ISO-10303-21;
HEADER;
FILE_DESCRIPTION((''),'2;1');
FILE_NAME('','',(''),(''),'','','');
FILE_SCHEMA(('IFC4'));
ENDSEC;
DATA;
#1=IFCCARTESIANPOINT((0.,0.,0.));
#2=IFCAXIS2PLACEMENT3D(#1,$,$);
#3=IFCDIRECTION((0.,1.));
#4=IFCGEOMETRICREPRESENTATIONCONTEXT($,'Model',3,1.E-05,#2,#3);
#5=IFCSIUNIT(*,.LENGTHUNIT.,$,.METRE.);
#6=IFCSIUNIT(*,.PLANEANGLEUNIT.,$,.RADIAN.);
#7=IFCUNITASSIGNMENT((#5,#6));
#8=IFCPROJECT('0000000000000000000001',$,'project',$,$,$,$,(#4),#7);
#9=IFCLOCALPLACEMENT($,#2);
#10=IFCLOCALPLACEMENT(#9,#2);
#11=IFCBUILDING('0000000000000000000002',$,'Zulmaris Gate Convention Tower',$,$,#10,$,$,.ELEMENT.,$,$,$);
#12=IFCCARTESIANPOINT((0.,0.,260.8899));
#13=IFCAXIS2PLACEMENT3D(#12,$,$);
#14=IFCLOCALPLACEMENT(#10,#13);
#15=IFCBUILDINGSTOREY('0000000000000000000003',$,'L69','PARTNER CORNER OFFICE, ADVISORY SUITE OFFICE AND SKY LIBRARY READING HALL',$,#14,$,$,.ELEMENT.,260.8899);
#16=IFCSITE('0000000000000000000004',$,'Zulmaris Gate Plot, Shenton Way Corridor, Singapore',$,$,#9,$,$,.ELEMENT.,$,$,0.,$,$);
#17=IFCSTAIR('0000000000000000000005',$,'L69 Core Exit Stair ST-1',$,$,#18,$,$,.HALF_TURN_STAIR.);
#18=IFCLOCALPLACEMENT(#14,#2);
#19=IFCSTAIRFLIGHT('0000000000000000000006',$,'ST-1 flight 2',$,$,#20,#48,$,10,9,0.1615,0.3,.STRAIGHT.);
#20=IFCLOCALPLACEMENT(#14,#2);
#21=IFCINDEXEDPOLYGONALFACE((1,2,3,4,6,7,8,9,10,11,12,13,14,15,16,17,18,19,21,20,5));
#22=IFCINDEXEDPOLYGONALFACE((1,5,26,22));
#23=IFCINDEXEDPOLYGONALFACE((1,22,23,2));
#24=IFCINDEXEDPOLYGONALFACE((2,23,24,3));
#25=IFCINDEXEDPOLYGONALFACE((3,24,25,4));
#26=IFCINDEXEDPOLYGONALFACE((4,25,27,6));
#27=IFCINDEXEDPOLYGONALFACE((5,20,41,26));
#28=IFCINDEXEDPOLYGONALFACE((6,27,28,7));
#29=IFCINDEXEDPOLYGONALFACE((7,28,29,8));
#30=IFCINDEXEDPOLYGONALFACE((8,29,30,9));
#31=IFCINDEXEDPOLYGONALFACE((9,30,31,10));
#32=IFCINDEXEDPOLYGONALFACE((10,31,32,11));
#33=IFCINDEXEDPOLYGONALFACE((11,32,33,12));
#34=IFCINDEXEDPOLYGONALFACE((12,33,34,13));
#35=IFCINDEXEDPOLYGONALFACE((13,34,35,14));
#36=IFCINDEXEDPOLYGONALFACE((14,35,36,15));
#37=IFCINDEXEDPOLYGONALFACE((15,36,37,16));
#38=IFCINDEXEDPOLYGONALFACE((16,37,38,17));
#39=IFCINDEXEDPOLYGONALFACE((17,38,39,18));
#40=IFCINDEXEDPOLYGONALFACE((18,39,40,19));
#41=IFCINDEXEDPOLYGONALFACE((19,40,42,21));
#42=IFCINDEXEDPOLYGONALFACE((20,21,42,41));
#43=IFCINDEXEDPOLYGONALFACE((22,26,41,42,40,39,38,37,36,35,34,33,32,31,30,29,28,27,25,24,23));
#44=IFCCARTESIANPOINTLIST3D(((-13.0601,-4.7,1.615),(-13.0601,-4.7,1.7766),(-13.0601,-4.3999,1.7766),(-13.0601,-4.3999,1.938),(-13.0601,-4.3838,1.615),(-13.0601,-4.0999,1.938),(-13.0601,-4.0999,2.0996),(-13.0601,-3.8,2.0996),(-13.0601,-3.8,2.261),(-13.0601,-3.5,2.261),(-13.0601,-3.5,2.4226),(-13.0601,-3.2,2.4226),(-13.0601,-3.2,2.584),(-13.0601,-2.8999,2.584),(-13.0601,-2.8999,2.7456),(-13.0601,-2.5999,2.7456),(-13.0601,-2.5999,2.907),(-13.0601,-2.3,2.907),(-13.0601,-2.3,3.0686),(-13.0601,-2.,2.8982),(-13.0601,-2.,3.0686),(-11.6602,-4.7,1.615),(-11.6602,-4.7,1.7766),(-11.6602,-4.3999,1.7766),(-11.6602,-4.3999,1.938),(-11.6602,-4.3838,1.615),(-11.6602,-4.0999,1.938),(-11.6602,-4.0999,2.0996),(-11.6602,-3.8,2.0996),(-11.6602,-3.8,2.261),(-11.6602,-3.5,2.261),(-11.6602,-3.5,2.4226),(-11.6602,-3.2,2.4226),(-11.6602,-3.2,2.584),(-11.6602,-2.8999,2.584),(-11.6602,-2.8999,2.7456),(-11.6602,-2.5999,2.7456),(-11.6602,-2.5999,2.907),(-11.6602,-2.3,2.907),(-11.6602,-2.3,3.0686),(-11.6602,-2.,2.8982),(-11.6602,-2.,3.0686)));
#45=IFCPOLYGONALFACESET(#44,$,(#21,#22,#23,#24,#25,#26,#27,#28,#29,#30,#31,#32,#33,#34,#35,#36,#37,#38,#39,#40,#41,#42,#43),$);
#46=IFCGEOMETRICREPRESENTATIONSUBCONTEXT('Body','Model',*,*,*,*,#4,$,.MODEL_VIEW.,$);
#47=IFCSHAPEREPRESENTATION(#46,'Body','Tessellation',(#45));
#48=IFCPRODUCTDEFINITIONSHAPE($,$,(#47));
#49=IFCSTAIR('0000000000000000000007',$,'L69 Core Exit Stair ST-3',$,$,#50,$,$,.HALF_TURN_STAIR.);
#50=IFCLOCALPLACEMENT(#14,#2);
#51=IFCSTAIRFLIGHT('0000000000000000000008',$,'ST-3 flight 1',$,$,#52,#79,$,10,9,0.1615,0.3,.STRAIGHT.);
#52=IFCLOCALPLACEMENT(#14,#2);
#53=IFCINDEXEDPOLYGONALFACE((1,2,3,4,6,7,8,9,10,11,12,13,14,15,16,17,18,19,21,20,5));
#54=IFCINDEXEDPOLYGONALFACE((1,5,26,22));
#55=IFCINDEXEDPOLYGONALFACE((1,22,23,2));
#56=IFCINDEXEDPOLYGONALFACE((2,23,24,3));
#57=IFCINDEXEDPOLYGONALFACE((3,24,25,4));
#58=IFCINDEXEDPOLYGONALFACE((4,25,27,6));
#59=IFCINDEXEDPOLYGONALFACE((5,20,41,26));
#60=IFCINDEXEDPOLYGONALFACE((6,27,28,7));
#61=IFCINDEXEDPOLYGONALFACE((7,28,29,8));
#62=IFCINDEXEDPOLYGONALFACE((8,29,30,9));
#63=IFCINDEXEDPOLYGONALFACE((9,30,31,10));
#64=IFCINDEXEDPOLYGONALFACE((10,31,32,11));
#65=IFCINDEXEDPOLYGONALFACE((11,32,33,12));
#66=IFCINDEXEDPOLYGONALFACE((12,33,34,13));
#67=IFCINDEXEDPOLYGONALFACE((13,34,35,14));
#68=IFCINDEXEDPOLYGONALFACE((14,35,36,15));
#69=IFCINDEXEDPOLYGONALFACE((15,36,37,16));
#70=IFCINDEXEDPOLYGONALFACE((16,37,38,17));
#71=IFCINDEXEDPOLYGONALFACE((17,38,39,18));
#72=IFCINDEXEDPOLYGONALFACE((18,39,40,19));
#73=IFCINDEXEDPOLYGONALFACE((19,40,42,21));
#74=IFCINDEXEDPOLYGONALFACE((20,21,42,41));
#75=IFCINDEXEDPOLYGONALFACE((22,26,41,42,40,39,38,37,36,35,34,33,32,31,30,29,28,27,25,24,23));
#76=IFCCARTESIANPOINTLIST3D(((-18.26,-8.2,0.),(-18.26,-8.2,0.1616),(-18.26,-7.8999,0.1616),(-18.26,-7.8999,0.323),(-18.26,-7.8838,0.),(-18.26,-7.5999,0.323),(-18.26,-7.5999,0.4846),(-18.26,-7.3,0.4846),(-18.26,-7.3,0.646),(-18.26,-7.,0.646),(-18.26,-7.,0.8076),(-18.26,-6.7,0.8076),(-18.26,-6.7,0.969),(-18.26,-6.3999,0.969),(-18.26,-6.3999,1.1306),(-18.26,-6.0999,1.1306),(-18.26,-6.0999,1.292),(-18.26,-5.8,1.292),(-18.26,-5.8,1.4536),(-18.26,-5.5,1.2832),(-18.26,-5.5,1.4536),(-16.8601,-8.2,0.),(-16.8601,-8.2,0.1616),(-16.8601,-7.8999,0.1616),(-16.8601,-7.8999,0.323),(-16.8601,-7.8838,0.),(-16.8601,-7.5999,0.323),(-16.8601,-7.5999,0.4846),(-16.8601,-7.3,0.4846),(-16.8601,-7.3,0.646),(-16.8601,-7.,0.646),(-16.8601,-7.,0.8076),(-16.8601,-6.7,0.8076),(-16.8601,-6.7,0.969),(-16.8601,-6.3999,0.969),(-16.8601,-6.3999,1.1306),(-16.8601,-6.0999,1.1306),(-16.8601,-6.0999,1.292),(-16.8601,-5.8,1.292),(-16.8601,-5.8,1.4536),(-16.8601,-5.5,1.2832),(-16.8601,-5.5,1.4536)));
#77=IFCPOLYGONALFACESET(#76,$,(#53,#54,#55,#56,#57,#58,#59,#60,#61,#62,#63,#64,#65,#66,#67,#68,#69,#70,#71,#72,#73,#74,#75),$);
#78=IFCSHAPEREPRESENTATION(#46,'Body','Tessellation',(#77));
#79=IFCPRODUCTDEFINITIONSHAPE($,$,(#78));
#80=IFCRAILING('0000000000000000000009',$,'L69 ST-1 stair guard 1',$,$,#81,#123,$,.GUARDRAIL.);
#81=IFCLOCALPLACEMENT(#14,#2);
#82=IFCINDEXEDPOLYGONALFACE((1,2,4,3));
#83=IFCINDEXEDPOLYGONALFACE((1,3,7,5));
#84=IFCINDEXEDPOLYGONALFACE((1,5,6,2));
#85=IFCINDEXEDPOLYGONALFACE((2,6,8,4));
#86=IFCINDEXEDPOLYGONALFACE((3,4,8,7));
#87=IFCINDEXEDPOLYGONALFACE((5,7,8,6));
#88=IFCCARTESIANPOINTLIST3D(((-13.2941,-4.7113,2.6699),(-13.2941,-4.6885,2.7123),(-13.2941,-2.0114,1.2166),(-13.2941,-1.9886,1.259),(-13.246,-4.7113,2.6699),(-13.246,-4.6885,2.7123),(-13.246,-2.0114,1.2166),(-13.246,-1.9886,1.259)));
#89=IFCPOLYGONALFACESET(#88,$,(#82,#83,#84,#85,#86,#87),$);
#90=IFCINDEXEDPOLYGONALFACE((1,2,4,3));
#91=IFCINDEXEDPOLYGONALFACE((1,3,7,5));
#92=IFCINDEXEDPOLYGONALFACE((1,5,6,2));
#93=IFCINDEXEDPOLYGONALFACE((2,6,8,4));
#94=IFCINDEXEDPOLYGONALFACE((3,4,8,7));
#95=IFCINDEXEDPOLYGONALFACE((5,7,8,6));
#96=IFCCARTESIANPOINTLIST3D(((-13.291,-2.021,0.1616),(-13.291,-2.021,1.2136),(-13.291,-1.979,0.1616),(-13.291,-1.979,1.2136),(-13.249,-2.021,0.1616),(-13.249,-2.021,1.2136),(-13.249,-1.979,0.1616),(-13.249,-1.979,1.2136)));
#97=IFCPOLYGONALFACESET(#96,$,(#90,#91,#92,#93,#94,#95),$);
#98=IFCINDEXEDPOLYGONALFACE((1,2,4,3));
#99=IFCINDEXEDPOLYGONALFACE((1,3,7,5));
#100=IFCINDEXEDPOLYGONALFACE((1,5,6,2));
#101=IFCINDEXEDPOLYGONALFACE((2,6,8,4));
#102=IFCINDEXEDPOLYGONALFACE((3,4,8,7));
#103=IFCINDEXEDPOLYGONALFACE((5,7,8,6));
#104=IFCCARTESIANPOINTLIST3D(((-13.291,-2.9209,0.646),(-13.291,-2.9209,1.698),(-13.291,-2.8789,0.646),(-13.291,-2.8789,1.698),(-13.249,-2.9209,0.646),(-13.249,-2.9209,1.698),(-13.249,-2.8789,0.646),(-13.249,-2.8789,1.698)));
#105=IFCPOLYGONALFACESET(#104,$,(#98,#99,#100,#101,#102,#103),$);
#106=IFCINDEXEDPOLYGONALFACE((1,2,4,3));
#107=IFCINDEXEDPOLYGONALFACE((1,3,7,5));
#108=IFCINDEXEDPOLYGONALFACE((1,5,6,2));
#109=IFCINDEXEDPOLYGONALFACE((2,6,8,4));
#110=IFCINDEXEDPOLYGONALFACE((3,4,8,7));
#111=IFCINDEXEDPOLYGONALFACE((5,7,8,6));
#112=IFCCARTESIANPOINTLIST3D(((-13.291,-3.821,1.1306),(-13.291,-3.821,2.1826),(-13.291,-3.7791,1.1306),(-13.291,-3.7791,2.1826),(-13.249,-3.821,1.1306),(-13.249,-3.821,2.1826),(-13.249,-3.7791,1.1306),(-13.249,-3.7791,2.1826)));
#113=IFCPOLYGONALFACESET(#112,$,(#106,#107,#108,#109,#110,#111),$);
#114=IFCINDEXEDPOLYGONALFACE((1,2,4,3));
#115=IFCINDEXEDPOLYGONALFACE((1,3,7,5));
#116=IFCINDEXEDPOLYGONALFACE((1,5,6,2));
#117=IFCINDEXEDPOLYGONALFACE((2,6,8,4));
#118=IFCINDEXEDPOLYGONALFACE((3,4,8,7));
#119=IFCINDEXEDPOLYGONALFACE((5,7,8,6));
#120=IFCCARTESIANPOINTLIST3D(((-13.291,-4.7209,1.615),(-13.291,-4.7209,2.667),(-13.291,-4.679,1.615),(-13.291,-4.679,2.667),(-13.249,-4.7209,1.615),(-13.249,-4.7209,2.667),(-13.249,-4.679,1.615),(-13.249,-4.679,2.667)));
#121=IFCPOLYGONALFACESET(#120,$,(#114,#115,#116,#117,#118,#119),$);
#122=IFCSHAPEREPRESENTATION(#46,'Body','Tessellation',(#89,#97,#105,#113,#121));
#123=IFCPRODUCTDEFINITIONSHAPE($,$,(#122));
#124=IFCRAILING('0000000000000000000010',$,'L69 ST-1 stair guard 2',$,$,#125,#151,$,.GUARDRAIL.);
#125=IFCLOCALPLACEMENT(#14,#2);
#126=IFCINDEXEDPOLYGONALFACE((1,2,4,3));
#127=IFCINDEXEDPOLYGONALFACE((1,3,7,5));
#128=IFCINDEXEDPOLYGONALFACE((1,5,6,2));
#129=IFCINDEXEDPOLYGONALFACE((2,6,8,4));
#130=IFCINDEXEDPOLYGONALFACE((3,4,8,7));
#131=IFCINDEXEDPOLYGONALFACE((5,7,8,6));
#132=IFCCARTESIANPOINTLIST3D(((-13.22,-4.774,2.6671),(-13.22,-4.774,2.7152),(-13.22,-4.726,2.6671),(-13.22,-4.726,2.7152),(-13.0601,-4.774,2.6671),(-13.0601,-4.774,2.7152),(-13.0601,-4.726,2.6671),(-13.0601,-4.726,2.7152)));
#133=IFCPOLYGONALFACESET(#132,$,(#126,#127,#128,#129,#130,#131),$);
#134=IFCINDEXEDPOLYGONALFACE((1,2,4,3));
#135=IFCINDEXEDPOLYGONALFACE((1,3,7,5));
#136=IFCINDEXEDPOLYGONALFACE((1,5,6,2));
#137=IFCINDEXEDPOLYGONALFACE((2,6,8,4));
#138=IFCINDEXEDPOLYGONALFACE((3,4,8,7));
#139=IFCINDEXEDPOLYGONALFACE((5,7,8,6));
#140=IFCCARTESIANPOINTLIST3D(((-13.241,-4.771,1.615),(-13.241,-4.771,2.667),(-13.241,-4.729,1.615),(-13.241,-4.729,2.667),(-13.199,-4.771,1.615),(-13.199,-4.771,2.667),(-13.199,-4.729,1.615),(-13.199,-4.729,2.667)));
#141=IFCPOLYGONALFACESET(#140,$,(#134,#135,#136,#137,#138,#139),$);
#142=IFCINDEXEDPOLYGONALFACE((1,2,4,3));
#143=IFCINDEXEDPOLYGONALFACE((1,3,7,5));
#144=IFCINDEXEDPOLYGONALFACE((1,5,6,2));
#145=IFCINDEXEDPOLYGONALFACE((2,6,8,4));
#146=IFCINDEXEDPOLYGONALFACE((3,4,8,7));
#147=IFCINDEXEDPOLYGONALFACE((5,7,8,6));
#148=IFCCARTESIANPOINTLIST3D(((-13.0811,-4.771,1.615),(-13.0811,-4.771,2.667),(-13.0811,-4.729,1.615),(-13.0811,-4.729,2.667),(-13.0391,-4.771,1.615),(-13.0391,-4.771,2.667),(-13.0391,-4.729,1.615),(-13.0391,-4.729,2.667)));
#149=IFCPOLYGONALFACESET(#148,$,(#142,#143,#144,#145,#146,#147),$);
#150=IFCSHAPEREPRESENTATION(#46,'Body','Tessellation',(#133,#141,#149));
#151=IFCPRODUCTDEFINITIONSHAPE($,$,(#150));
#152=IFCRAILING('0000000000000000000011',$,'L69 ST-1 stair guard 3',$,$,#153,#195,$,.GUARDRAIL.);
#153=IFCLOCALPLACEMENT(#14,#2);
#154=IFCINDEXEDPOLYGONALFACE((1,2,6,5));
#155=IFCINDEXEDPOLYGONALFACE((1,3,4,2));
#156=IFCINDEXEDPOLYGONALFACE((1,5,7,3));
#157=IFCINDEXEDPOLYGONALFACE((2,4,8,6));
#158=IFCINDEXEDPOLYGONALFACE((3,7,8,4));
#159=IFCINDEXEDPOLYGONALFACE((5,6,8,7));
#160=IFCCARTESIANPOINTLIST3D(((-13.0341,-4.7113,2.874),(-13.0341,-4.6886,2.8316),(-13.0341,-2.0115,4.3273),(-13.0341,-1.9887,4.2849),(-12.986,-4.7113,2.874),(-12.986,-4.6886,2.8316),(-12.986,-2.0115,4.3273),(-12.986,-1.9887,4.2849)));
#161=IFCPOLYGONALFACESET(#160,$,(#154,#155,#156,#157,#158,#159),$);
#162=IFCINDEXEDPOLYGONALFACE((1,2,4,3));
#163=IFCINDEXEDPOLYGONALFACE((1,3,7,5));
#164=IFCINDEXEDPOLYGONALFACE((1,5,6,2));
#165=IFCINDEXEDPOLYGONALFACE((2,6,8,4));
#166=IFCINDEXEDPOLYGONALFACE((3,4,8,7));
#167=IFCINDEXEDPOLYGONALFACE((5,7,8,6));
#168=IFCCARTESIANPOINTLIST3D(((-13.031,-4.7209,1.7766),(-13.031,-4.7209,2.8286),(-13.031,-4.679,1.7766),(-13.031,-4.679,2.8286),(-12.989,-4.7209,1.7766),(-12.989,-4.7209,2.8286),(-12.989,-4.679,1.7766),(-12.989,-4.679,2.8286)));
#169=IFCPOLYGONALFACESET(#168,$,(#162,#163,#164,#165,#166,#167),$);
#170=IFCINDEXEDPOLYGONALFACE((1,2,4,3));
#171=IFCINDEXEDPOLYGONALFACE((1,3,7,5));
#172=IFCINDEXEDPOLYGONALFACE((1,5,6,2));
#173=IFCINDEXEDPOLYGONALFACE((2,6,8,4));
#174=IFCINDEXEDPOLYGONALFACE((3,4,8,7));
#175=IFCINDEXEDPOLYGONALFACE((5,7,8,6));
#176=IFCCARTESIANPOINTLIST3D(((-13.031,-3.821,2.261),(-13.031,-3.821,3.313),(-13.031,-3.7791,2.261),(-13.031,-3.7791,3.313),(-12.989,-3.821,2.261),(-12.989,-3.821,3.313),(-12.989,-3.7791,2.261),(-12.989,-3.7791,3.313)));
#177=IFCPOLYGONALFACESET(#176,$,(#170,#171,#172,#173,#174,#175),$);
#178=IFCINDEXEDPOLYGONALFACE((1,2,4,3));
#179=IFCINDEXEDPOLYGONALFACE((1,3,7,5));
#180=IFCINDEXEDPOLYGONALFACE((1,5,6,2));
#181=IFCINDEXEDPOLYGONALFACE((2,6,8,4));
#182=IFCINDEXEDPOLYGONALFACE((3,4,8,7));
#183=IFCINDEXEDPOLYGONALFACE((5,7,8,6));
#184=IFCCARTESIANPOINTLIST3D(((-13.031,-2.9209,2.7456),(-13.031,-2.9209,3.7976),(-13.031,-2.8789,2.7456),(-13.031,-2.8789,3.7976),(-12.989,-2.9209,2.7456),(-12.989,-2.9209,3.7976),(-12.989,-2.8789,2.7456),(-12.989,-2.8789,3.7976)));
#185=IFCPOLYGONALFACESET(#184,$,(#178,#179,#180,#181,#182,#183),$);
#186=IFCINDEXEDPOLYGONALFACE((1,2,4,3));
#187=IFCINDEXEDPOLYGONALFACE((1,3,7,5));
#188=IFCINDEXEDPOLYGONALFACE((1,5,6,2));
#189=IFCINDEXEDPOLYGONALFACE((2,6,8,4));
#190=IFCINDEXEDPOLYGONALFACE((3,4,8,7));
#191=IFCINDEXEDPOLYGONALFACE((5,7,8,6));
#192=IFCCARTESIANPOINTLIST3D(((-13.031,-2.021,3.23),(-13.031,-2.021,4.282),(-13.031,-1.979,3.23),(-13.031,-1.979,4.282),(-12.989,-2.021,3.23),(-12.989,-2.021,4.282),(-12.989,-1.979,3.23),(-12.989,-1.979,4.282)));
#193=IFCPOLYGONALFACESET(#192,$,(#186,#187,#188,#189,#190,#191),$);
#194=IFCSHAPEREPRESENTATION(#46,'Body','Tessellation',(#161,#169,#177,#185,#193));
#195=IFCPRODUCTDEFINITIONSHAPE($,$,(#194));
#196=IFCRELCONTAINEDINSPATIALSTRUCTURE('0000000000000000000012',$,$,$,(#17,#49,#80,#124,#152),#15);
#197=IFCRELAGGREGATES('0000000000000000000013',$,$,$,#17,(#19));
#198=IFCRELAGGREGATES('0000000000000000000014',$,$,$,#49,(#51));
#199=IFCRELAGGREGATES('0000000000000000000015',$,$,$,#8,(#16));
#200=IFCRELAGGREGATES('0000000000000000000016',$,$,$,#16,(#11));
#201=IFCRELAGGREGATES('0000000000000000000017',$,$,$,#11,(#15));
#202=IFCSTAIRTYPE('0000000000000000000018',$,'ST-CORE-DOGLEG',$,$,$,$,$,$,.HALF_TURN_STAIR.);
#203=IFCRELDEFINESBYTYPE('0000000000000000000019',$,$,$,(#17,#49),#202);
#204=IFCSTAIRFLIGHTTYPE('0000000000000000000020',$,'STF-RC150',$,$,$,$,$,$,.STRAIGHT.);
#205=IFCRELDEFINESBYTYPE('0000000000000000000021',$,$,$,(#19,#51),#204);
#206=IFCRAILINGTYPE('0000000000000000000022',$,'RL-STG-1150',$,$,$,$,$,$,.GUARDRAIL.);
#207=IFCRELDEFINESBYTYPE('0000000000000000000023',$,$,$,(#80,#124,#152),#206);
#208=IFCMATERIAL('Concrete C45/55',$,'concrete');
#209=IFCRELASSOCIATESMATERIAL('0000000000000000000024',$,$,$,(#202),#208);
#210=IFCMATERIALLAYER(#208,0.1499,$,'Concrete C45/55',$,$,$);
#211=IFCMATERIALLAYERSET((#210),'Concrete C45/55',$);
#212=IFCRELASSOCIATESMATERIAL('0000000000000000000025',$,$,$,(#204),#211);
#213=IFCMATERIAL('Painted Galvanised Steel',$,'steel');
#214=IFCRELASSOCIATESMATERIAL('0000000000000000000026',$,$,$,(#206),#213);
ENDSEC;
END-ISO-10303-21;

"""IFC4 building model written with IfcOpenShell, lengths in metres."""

from ifc_helpers import new_model, si_unit, direction, frame, origin, origin_2d, place, context, subcontext, project, spatial, polyline, rectangle, outline, extrude, material, layer, layer_set, type_object, element, aggregate, save


model = new_model("IFC4")

# Units and contexts
model_context = context("Model", 3, precision=1e-05, world=origin(), true_north=direction((0.0, 1.0)))
body_context = subcontext(model_context, "Body", "Model", "MODEL_VIEW")
ifc_project = project(units=[si_unit("LENGTHUNIT", "METRE"), si_unit("PLANEANGLEUNIT", "RADIAN")], contexts=[model_context])

# Site, building, storey
site_placement = place(None, origin())
site = spatial("IfcSite", under=ifc_project, at=site_placement, Name="Zulmaris Gate Plot, Shenton Way Corridor, Singapore", CompositionType="ELEMENT", RefElevation=0.0)
building_placement = place(site_placement, origin())
building = spatial("IfcBuilding", under=site, at=building_placement, Name="Zulmaris Gate Convention Tower", CompositionType="ELEMENT")
storey_placement = place(building_placement, frame((0.0, 0.0, 260.8899)))
storey = spatial("IfcBuildingStorey", under=building, at=storey_placement, Name="L69", Description="PARTNER CORNER OFFICE, ADVISORY SUITE OFFICE AND SKY LIBRARY READING HALL", CompositionType="ELEMENT", Elevation=260.8899)

# Stair, stair flight
ifc_material_1 = material(Name="Concrete C45/55", Category="concrete")
stair_type = type_object("IfcStairType", Name="ST-CORE-DOGLEG", PredefinedType="HALF_TURN_STAIR", material=ifc_material_1)
stair_1_placement = place(storey_placement, origin())
stair_1 = element("IfcStair", 1, at=stair_1_placement, inside=storey, type_object=stair_type, Name="L69 Core Exit Stair ST-1", PredefinedType="HALF_TURN_STAIR")
ifc_layer_1 = layer(ifc_material_1, 0.1499, Name="Concrete C45/55")
ifc_layer_set_1 = layer_set([ifc_layer_1], Name="Concrete C45/55")
stair_flight_type = type_object("IfcStairFlightType", Name="STF-RC150", PredefinedType="STRAIGHT", material=ifc_layer_set_1)
stair_flight_1_placement = place(storey_placement, frame((-12.3601, -4.7, 1.615), z_axis=(0.0, 0.0, 1.0), x_axis=(0.0, 1.0, 0.0)))
stair_flight_1 = element("IfcStairFlight", 2, at=stair_flight_1_placement, type_object=stair_flight_type, Name="ST-1 flight 2", NumberOfRisers=10, NumberOfTreads=9, PredefinedType="STRAIGHT", RiserHeight=0.1615, TreadLength=0.3, context=body_context, shape_type="SweptSolid", body=[
    extrude(outline(polyline([(0.0, 0.0), (0.0, 0.1616), (0.3, 0.1616), (0.3, 0.323), (0.6001, 0.323), (0.6001, 0.4846), (0.8999, 0.4846), (0.8999, 0.646), (1.2, 0.646), (1.2, 0.8076), (1.5, 0.8076), (1.5, 0.969), (1.8, 0.969), (1.8, 1.1306), (2.1001, 1.1306), (2.1001, 1.292), (2.3999, 1.292), (2.3999, 1.4536), (2.7, 1.4536), (2.7, 1.615), (2.7, 1.2832), (0.3162, 0.0), (0.0, 0.0)])), frame((0.0, 0.7, 0.0), z_axis=(0.0, -1.0, 0.0), x_axis=(1.0, 0.0, 0.0)), (0.0, 0.0, 1.0), 1.3999),
])
aggregate(stair_1, [stair_flight_1])

# Stair, stair flight
stair_2_placement = place(storey_placement, origin())
stair_2 = element("IfcStair", 3, at=stair_2_placement, inside=storey, type_object=stair_type, Name="L69 Core Exit Stair ST-3", PredefinedType="HALF_TURN_STAIR")
stair_flight_2_placement = place(storey_placement, frame((-17.5601, -8.2, 0.0), z_axis=(0.0, 0.0, 1.0), x_axis=(0.0, 1.0, 0.0)))
stair_flight_2 = element("IfcStairFlight", 4, at=stair_flight_2_placement, type_object=stair_flight_type, Name="ST-3 flight 1", NumberOfRisers=10, NumberOfTreads=9, PredefinedType="STRAIGHT", RiserHeight=0.1615, TreadLength=0.3, context=body_context, shape_type="SweptSolid", body=[
    extrude(outline(polyline([(0.0, 0.0), (0.0, 0.1616), (0.3, 0.1616), (0.3, 0.323), (0.6001, 0.323), (0.6001, 0.4846), (0.8999, 0.4846), (0.8999, 0.646), (1.2, 0.646), (1.2, 0.8076), (1.5, 0.8076), (1.5, 0.969), (1.8, 0.969), (1.8, 1.1306), (2.1001, 1.1306), (2.1001, 1.292), (2.3999, 1.292), (2.3999, 1.4536), (2.7, 1.4536), (2.7, 1.615), (2.7, 1.2832), (0.3162, 0.0), (0.0, 0.0)])), frame((0.0, 0.7, 0.0), z_axis=(0.0, -1.0, 0.0), x_axis=(1.0, 0.0, 0.0)), (0.0, 0.0, 1.0), 1.3999),
])
aggregate(stair_2, [stair_flight_2])

# Railings
ifc_material_2 = material(Name="Painted Galvanised Steel", Category="steel")
railing_type_1 = type_object("IfcRailingType", Name="RL-STG-1150", PredefinedType="GUARDRAIL", material=ifc_material_2)
railing_1_placement = place(storey_placement, frame((-13.27, -2.0, 0.1616)))
element("IfcRailing", 5, at=railing_1_placement, inside=storey, type_object=railing_type_1, Name="L69 ST-1 stair guard 1", PredefinedType="GUARDRAIL", context=body_context, shape_type="SweptSolid", body=[
    extrude(rectangle(XDim=0.0481, YDim=0.0481, at=origin_2d()), frame((0.0, 0.0, 1.0762), z_axis=(0.0, -0.880532, 0.473986), x_axis=(1.0, 0.0, 0.0)), (0.0, 0.0, 1.0), 3.0662),
    extrude(rectangle(XDim=0.042, YDim=0.042, at=origin_2d()), origin(), (0.0, 0.0, 1.0), 1.052),
    extrude(rectangle(XDim=0.042, YDim=0.042, at=origin_2d()), frame((0.0, -0.8999, 0.4844)), (0.0, 0.0, 1.0), 1.052),
    extrude(rectangle(XDim=0.042, YDim=0.042, at=origin_2d()), frame((0.0, -1.8, 0.969)), (0.0, 0.0, 1.0), 1.052),
    extrude(rectangle(XDim=0.042, YDim=0.042, at=origin_2d()), frame((0.0, -2.7, 1.4534)), (0.0, 0.0, 1.0), 1.052),
])
railing_2_placement = place(storey_placement, frame((-13.22, -4.75, 1.615)))
element("IfcRailing", 6, at=railing_2_placement, inside=storey, type_object=railing_type_1, Name="L69 ST-1 stair guard 2", PredefinedType="GUARDRAIL", context=body_context, shape_type="SweptSolid", body=[
    extrude(rectangle(XDim=0.0481, YDim=0.0481, at=origin_2d()), frame((0.0, 0.0, 1.0762), z_axis=(1.0, 0.0, 0.0), x_axis=(0.0, 1.0, 0.0)), (0.0, 0.0, 1.0), 0.1599),
    extrude(rectangle(XDim=0.042, YDim=0.042, at=origin_2d()), origin(), (0.0, 0.0, 1.0), 1.052),
    extrude(rectangle(XDim=0.042, YDim=0.042, at=origin_2d()), frame((0.1599, 0.0, 0.0)), (0.0, 0.0, 1.0), 1.052),
])
railing_3_placement = place(storey_placement, frame((-13.01, -4.7, 1.7766)))
element("IfcRailing", 7, at=railing_3_placement, inside=storey, type_object=railing_type_1, Name="L69 ST-1 stair guard 3", PredefinedType="GUARDRAIL", context=body_context, shape_type="SweptSolid", body=[
    extrude(rectangle(XDim=0.0481, YDim=0.0481, at=origin_2d()), frame((0.0, 0.0, 1.0762), z_axis=(0.0, 0.880532, 0.473986), x_axis=(-1.0, 0.0, 0.0)), (0.0, 0.0, 1.0), 3.0662),
    extrude(rectangle(XDim=0.042, YDim=0.042, at=origin_2d()), origin(), (0.0, 0.0, 1.0), 1.052),
    extrude(rectangle(XDim=0.042, YDim=0.042, at=origin_2d()), frame((0.0, 0.8999, 0.4844)), (0.0, 0.0, 1.0), 1.052),
    extrude(rectangle(XDim=0.042, YDim=0.042, at=origin_2d()), frame((0.0, 1.8, 0.969)), (0.0, 0.0, 1.0), 1.052),
    extrude(rectangle(XDim=0.042, YDim=0.042, at=origin_2d()), frame((0.0, 2.7, 1.4534)), (0.0, 0.0, 1.0), 1.052),
])

save(model, "model.ifc")
